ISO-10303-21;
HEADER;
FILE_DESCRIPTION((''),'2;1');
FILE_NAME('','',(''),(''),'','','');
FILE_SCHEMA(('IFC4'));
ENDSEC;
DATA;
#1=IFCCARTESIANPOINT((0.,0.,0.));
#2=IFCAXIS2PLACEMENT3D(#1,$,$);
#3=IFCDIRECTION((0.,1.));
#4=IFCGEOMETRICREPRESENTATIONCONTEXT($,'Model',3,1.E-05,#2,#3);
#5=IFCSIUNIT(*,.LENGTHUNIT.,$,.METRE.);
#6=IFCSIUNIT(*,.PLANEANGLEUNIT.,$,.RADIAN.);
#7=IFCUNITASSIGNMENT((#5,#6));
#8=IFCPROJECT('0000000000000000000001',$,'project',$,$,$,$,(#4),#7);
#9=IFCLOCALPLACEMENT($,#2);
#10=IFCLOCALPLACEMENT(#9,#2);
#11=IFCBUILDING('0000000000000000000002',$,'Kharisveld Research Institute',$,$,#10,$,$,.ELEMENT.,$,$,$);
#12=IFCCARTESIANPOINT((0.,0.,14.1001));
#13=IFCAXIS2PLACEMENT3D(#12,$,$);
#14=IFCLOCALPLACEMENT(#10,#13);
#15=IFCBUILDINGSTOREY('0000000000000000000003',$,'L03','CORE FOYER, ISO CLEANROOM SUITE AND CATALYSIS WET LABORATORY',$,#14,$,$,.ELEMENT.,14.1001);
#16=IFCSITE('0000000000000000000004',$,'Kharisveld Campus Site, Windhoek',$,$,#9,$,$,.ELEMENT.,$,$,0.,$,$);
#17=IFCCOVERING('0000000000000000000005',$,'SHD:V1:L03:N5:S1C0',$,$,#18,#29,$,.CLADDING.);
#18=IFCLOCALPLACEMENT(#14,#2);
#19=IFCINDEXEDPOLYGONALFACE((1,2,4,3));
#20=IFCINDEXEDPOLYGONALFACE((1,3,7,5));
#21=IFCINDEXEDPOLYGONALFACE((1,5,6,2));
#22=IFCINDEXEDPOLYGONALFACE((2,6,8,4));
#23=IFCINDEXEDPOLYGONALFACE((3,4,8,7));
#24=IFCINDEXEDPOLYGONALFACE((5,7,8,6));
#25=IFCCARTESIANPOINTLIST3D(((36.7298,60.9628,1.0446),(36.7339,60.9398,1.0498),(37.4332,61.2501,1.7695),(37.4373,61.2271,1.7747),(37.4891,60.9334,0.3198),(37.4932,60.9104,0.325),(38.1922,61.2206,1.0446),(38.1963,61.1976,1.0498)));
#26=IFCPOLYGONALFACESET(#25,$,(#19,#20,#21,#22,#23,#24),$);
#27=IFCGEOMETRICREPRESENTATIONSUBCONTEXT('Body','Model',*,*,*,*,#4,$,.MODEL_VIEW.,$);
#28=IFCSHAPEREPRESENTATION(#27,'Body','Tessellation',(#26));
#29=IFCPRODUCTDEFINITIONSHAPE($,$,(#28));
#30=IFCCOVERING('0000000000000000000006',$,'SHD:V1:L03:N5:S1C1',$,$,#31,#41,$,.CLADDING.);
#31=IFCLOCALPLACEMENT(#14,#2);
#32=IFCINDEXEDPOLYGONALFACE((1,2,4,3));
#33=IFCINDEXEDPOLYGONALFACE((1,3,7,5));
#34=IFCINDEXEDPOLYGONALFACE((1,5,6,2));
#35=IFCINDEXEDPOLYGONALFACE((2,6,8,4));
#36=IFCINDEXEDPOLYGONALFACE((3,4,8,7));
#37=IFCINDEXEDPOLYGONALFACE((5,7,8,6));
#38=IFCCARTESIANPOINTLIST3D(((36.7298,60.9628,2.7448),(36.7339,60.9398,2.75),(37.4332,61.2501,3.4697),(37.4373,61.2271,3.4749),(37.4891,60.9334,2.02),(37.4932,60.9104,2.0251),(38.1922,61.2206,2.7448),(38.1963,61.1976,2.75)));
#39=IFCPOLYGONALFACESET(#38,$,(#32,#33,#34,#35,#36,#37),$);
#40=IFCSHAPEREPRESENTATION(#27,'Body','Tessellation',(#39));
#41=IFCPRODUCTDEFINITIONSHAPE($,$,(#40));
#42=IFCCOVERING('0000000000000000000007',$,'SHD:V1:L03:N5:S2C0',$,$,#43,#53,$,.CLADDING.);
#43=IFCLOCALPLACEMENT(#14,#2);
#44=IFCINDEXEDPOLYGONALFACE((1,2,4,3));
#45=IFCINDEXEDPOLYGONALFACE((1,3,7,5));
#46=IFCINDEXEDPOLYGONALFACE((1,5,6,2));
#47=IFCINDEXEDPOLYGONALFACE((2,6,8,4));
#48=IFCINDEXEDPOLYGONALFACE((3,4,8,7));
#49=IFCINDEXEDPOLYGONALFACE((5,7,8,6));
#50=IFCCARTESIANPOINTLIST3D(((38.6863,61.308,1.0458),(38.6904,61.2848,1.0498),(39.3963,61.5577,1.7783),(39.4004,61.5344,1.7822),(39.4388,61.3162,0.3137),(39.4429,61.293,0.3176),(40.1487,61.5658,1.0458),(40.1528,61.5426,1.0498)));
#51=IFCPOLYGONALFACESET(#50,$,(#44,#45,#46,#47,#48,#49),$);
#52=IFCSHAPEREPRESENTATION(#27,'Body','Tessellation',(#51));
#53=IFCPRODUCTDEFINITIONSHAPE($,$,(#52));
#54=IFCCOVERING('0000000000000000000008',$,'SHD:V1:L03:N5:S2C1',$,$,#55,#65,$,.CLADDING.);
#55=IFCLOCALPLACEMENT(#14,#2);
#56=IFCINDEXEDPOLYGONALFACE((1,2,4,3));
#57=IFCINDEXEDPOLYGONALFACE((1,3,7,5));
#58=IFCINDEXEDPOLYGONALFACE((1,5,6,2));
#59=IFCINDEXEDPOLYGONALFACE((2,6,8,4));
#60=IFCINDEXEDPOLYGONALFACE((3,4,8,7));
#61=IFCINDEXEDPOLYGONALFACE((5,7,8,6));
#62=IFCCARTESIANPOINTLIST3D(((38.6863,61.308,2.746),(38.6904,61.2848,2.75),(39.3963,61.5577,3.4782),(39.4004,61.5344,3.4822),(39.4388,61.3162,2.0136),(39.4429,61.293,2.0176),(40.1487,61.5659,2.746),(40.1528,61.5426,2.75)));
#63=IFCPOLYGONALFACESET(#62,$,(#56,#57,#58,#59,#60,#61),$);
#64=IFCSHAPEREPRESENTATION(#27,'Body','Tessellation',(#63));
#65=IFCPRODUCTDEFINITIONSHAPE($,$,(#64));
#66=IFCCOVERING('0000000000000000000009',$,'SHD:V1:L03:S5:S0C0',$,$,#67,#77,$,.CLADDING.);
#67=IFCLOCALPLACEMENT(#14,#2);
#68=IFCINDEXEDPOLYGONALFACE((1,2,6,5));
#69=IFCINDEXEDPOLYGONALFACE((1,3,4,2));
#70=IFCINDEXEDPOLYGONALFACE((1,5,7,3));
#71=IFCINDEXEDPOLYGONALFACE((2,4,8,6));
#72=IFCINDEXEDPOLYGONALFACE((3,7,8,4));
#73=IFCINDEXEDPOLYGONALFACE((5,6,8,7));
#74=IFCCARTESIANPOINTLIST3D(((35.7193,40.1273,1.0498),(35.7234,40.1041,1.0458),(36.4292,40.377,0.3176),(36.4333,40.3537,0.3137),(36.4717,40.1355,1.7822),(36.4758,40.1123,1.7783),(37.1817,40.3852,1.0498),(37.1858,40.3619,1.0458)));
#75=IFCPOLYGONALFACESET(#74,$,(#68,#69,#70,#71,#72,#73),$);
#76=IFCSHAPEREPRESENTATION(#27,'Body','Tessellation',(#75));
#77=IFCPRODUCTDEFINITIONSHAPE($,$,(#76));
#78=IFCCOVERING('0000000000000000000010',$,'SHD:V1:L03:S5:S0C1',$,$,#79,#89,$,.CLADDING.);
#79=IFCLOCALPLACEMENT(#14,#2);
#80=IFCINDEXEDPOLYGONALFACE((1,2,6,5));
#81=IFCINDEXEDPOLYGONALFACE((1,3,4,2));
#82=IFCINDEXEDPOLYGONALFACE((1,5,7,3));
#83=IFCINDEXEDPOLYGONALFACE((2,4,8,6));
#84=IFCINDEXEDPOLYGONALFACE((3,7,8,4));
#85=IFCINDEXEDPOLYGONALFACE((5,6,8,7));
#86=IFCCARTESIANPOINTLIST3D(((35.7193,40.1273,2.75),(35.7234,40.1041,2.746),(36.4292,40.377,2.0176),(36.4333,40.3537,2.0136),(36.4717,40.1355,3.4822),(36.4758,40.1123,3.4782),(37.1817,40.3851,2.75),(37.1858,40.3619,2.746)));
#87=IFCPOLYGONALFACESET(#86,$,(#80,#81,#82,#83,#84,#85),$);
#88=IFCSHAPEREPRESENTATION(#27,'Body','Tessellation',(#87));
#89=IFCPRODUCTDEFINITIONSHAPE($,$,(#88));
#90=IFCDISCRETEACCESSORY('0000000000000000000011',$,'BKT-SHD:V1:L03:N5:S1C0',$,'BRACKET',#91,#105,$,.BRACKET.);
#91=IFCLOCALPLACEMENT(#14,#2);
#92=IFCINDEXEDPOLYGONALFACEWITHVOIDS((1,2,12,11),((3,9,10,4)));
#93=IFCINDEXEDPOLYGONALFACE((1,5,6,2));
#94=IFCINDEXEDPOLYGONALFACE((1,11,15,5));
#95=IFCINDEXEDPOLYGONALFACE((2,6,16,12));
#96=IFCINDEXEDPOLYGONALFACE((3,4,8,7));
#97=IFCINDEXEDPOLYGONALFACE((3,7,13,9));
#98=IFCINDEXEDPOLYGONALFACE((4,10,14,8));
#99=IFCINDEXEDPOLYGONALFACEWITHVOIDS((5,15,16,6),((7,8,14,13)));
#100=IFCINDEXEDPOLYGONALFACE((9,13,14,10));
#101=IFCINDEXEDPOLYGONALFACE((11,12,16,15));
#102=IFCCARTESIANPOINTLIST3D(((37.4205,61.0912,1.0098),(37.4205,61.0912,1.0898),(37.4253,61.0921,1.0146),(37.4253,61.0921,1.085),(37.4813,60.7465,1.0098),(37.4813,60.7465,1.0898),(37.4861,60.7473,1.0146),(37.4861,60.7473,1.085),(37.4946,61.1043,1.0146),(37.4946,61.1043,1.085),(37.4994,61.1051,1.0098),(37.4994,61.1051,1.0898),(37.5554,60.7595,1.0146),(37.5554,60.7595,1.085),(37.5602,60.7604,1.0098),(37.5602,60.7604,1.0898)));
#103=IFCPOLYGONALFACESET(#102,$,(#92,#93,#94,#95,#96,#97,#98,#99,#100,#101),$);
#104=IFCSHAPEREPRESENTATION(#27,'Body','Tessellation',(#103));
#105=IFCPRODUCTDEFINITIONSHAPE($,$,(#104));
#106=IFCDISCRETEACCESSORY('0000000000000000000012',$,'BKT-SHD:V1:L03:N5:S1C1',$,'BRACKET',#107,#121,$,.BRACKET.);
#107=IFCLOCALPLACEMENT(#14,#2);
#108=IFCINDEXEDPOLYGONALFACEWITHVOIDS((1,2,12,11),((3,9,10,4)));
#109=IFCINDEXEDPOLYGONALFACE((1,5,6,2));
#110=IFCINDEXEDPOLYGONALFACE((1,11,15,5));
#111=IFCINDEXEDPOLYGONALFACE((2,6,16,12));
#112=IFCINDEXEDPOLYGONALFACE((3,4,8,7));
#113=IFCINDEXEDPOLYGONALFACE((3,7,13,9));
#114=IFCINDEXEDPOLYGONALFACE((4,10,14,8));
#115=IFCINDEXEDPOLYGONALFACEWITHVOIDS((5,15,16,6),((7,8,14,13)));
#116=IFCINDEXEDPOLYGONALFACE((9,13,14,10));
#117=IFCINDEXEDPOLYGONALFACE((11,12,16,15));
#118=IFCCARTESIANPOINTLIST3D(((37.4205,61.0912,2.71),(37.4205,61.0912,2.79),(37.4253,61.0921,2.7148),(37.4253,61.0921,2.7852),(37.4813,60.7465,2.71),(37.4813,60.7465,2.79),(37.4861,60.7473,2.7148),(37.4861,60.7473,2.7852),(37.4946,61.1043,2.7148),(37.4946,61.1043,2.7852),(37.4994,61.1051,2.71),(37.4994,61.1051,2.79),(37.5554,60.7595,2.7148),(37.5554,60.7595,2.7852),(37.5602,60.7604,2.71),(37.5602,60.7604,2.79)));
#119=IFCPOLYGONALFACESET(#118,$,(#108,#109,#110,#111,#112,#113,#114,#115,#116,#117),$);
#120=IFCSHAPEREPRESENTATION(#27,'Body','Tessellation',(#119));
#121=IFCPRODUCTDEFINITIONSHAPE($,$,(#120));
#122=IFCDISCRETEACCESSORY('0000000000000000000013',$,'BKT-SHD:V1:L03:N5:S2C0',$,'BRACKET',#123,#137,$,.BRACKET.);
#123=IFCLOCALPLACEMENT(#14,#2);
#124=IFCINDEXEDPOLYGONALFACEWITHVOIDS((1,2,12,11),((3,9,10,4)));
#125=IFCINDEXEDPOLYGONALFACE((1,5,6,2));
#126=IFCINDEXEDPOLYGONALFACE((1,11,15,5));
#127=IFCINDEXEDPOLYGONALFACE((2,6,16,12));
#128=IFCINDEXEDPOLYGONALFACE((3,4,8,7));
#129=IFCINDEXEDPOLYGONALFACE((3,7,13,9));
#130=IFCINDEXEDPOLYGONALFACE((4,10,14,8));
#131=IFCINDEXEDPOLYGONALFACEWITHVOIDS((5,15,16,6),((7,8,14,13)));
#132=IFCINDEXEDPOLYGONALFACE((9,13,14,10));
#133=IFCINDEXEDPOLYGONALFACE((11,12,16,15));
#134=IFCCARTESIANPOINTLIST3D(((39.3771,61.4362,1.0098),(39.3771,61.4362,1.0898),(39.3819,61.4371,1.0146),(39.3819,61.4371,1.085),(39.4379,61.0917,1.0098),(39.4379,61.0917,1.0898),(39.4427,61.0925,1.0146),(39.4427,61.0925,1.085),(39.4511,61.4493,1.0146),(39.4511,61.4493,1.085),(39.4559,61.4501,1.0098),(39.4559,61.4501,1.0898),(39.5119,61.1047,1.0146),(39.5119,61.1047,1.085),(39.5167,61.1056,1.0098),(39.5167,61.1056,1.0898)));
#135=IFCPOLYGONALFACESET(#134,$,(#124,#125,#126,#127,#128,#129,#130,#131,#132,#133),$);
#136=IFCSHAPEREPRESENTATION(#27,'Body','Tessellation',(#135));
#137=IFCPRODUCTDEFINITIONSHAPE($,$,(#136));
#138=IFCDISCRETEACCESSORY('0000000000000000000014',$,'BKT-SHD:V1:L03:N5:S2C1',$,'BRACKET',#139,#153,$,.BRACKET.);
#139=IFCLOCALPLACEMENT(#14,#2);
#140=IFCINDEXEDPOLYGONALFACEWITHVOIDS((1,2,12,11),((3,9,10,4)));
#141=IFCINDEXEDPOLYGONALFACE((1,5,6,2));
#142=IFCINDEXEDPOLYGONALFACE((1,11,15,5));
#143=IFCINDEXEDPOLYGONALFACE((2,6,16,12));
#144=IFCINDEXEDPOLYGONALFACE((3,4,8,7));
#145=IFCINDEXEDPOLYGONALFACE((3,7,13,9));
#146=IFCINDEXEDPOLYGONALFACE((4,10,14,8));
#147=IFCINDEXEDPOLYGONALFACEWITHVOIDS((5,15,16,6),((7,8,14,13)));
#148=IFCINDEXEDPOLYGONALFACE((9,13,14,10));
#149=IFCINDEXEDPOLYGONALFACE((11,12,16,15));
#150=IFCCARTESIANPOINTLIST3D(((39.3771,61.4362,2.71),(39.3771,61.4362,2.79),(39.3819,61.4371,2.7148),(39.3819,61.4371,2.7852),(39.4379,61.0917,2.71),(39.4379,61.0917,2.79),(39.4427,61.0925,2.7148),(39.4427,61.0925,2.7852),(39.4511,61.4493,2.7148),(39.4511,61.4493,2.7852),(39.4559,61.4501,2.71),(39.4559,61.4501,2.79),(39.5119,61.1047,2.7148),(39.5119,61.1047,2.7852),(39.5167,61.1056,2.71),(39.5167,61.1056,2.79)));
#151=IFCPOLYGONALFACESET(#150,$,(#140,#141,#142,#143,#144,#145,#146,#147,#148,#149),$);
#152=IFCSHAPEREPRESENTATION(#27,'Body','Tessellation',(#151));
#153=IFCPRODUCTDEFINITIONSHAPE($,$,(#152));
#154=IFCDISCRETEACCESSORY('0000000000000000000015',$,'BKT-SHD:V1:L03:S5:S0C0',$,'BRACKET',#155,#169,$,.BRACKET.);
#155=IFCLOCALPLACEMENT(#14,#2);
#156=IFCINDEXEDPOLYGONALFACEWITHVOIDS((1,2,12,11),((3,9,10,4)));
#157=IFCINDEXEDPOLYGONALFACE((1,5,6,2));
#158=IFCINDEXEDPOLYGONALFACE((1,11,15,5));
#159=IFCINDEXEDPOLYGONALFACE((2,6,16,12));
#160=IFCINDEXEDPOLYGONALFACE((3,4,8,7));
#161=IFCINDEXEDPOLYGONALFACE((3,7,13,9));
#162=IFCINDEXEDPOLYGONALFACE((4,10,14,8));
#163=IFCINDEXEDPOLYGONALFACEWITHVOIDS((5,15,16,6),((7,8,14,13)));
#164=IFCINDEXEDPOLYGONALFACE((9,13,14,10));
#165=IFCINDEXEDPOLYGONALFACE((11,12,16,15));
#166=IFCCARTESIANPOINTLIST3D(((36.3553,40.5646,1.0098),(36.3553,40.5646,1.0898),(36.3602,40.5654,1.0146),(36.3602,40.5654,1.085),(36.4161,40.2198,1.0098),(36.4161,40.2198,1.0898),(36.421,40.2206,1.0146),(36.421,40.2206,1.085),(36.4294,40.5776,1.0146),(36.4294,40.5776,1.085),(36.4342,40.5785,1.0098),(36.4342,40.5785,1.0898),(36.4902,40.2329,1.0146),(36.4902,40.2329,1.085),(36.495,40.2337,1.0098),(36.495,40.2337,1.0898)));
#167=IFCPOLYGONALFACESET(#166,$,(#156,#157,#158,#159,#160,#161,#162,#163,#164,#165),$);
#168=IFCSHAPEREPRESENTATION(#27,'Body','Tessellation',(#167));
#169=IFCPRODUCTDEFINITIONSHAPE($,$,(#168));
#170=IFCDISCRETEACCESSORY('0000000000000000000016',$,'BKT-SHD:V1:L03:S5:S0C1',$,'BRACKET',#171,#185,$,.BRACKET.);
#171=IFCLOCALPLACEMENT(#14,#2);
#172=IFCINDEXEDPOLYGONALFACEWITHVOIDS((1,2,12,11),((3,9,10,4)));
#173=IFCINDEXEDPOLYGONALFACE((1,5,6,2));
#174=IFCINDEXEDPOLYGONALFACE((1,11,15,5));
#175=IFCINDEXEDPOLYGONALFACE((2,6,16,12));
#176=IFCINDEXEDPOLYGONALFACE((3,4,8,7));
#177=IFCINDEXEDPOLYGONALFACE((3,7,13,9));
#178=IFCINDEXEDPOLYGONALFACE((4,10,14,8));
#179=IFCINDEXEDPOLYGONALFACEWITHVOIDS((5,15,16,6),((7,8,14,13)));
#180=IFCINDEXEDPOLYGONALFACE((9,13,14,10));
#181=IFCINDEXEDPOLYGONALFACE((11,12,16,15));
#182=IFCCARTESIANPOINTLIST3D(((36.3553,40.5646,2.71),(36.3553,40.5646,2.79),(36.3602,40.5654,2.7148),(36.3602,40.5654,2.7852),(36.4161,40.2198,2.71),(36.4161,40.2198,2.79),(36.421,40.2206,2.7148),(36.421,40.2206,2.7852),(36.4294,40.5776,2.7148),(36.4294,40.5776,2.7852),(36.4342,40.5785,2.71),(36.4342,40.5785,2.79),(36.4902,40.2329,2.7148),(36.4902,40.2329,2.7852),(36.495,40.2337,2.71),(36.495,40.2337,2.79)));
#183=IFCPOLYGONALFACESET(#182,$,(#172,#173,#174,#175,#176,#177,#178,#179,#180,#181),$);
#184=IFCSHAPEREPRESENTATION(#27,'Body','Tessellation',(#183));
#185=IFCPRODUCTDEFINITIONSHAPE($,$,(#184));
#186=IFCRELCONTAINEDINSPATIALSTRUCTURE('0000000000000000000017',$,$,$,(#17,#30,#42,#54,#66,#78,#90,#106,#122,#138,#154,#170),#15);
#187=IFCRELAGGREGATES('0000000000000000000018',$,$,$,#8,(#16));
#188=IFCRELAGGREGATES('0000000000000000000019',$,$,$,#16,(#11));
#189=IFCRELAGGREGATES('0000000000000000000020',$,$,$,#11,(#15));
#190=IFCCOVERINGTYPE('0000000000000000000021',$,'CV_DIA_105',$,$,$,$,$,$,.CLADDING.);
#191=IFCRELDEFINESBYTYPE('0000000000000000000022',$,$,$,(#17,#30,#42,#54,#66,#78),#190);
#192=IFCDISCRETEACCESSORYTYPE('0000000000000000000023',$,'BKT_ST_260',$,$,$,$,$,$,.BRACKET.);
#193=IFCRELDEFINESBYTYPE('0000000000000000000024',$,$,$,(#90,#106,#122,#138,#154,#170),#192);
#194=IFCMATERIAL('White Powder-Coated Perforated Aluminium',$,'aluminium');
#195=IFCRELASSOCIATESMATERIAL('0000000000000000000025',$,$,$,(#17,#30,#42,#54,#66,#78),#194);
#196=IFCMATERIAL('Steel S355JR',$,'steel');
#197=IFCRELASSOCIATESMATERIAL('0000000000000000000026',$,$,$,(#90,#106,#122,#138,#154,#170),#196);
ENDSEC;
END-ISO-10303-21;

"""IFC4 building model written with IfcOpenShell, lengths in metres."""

from ifc_helpers import new_model, si_unit, direction, frame, origin, origin_2d, place, context, subcontext, project, spatial, polyline, hollow_rectangle, outline, extrude, material, type_object, element, save


model = new_model("IFC4")

# Units and contexts
model_context = context("Model", 3, precision=1e-05, world=origin(), true_north=direction((0.0, 1.0)))
body_context = subcontext(model_context, "Body", "Model", "MODEL_VIEW")
ifc_project = project(units=[si_unit("LENGTHUNIT", "METRE"), si_unit("PLANEANGLEUNIT", "RADIAN")], contexts=[model_context])

# Site, building, storey
site_placement = place(None, origin())
site = spatial("IfcSite", under=ifc_project, at=site_placement, Name="Kharisveld Campus Site, Windhoek", CompositionType="ELEMENT", RefElevation=0.0)
building_placement = place(site_placement, origin())
building = spatial("IfcBuilding", under=site, at=building_placement, Name="Kharisveld Research Institute", CompositionType="ELEMENT")
storey_placement = place(building_placement, frame((0.0, 0.0, 14.1001)))
storey = spatial("IfcBuildingStorey", under=building, at=storey_placement, Name="L03", Description="CORE FOYER, ISO CLEANROOM SUITE AND CATALYSIS WET LABORATORY", CompositionType="ELEMENT", Elevation=14.1001)

# Coverings
ifc_material_1 = material(Name="White Powder-Coated Perforated Aluminium", Category="aluminium")
covering_type = type_object("IfcCoveringType", Name="CV_DIA_105", PredefinedType="CLADDING")
for number, where, z_axis, x_axis, name in (
    (1, (37.4932, 60.9104, 0.325), (0.169497, -0.961447, 0.21654), (0.66971, 0.27356, 0.690402), "SHD:V1:L03:N5:S1C0"),
    (2, (37.4932, 60.9104, 2.0251), (0.169497, -0.961447, 0.21654), (0.66971, 0.27356, 0.690402), "SHD:V1:L03:N5:S1C1"),
):
    element("IfcCovering", number, at=place(storey_placement, frame(where, z_axis=z_axis, x_axis=x_axis)), inside=storey, type_object=covering_type, material=ifc_material_1, Name=name, PredefinedType="CLADDING", context=body_context, shape_type="SweptSolid", body=[
        extrude(outline(polyline([(0.0, 0.0), (1.0499, 0.0), (1.0501, 1.05), (0.0, 1.0501), (0.0, 0.0)])), origin(), (0.0, 0.0, -1.0), 0.0239),
    ])
covering_1_placement = place(storey_placement, frame((39.4429, 61.293, 0.3176), z_axis=(0.171234, -0.971299, 0.165096), x_axis=(0.676173, 0.237734, 0.697333)))
element("IfcCovering", 3, at=covering_1_placement, inside=storey, type_object=covering_type, material=ifc_material_1, Name="SHD:V1:L03:N5:S2C0", PredefinedType="CLADDING", context=body_context, shape_type="SweptSolid", body=[
    extrude(outline(polyline([(0.0, 0.0), (1.0499, 0.0), (1.05, 1.0501), (-0.0002, 1.0499), (0.0, 0.0)])), origin(), (0.0, 0.0, -1.0), 0.0239),
])
covering_2_placement = place(storey_placement, frame((39.4429, 61.293, 2.0176), z_axis=(0.171234, -0.971299, 0.165096), x_axis=(0.676056, 0.237732, 0.697446)))
element("IfcCovering", 4, at=covering_2_placement, inside=storey, type_object=covering_type, material=ifc_material_1, Name="SHD:V1:L03:N5:S2C1", PredefinedType="CLADDING", context=body_context, shape_type="SweptSolid", body=[
    extrude(outline(polyline([(0.0, 0.0), (1.0501, 0.0), (1.0502, 1.0499), (0.0002, 1.0501), (0.0, 0.0)])), origin(), (0.0, 0.0, -1.0), 0.0239),
])
covering_3_placement = place(storey_placement, frame((36.4292, 40.377, 0.3176), z_axis=(-0.171234, 0.971299, 0.165096), x_axis=(-0.676173, -0.237734, 0.697333)))
element("IfcCovering", 5, at=covering_3_placement, inside=storey, type_object=covering_type, material=ifc_material_1, Name="SHD:V1:L03:S5:S0C0", PredefinedType="CLADDING", context=body_context, shape_type="SweptSolid", body=[
    extrude(outline(polyline([(0.0, 0.0), (1.0499, 0.0), (1.05, 1.0501), (-0.0002, 1.0499), (0.0, 0.0)])), origin(), (0.0, 0.0, -1.0), 0.0239),
])
covering_4_placement = place(storey_placement, frame((36.4292, 40.377, 2.0176), z_axis=(-0.171234, 0.971299, 0.165096), x_axis=(-0.676056, -0.237732, 0.697446)))
element("IfcCovering", 6, at=covering_4_placement, inside=storey, type_object=covering_type, material=ifc_material_1, Name="SHD:V1:L03:S5:S0C1", PredefinedType="CLADDING", context=body_context, shape_type="SweptSolid", body=[
    extrude(outline(polyline([(0.0, 0.0), (1.0501, 0.0), (1.0502, 1.0499), (0.0002, 1.0501), (0.0, 0.0)])), origin(), (0.0, 0.0, -1.0), 0.0239),
])

# Discrete accessories
ifc_material_2 = material(Name="Steel S355JR", Category="steel")
discrete_accessory_type = type_object("IfcDiscreteAccessoryType", Name="BKT_ST_260", PredefinedType="BRACKET")
for number, where, z_axis, x_axis, name in (
    (7, (37.5208, 60.7534, 1.0498), (-0.173666, 0.984805, 0.0), (-0.984805, -0.173666, 0.0), "BKT-SHD:V1:L03:N5:S1C0"),
    (8, (37.5208, 60.7534, 2.75), (-0.173666, 0.984805, 0.0), (-0.984805, -0.173666, 0.0), "BKT-SHD:V1:L03:N5:S1C1"),
):
    element("IfcDiscreteAccessory", number, at=place(storey_placement, frame(where, z_axis=z_axis, x_axis=x_axis)), inside=storey, type_object=discrete_accessory_type, material=ifc_material_2, Name=name, ObjectType="BRACKET", PredefinedType="BRACKET", context=body_context, shape_type="SweptSolid", body=[
        extrude(hollow_rectangle(XDim=0.0801, YDim=0.0801, WallThickness=0.0049, at=origin_2d()), origin(), (0.0, 0.0, 1.0), 0.3501),
    ])
for number, where, z_axis, x_axis, name in (
    (9, (39.4773, 61.0986, 1.0498), (-0.173785, 0.984784, 0.0), (-0.984784, -0.173785, 0.0), "BKT-SHD:V1:L03:N5:S2C0"),
    (10, (39.4773, 61.0986, 2.75), (-0.173785, 0.984784, 0.0), (-0.984784, -0.173785, 0.0), "BKT-SHD:V1:L03:N5:S2C1"),
):
    element("IfcDiscreteAccessory", number, at=place(storey_placement, frame(where, z_axis=z_axis, x_axis=x_axis)), inside=storey, type_object=discrete_accessory_type, material=ifc_material_2, Name=name, ObjectType="BRACKET", PredefinedType="BRACKET", context=body_context, shape_type="SweptSolid", body=[
        extrude(hollow_rectangle(XDim=0.0801, YDim=0.0801, WallThickness=0.0049, at=origin_2d()), origin(), (0.0, 0.0, 1.0), 0.3499),
    ])
for number, where, z_axis, x_axis, name in (
    (11, (36.3948, 40.5715, 1.0498), (0.173666, -0.984805, 0.0), (0.984805, 0.173666, 0.0), "BKT-SHD:V1:L03:S5:S0C0"),
    (12, (36.3948, 40.5715, 2.75), (0.173666, -0.984805, 0.0), (0.984805, 0.173666, 0.0), "BKT-SHD:V1:L03:S5:S0C1"),
):
    element("IfcDiscreteAccessory", number, at=place(storey_placement, frame(where, z_axis=z_axis, x_axis=x_axis)), inside=storey, type_object=discrete_accessory_type, material=ifc_material_2, Name=name, ObjectType="BRACKET", PredefinedType="BRACKET", context=body_context, shape_type="SweptSolid", body=[
        extrude(hollow_rectangle(XDim=0.0801, YDim=0.0801, WallThickness=0.0049, at=origin_2d()), origin(), (0.0, 0.0, 1.0), 0.3501),
    ])

save(model, "model.ifc")
